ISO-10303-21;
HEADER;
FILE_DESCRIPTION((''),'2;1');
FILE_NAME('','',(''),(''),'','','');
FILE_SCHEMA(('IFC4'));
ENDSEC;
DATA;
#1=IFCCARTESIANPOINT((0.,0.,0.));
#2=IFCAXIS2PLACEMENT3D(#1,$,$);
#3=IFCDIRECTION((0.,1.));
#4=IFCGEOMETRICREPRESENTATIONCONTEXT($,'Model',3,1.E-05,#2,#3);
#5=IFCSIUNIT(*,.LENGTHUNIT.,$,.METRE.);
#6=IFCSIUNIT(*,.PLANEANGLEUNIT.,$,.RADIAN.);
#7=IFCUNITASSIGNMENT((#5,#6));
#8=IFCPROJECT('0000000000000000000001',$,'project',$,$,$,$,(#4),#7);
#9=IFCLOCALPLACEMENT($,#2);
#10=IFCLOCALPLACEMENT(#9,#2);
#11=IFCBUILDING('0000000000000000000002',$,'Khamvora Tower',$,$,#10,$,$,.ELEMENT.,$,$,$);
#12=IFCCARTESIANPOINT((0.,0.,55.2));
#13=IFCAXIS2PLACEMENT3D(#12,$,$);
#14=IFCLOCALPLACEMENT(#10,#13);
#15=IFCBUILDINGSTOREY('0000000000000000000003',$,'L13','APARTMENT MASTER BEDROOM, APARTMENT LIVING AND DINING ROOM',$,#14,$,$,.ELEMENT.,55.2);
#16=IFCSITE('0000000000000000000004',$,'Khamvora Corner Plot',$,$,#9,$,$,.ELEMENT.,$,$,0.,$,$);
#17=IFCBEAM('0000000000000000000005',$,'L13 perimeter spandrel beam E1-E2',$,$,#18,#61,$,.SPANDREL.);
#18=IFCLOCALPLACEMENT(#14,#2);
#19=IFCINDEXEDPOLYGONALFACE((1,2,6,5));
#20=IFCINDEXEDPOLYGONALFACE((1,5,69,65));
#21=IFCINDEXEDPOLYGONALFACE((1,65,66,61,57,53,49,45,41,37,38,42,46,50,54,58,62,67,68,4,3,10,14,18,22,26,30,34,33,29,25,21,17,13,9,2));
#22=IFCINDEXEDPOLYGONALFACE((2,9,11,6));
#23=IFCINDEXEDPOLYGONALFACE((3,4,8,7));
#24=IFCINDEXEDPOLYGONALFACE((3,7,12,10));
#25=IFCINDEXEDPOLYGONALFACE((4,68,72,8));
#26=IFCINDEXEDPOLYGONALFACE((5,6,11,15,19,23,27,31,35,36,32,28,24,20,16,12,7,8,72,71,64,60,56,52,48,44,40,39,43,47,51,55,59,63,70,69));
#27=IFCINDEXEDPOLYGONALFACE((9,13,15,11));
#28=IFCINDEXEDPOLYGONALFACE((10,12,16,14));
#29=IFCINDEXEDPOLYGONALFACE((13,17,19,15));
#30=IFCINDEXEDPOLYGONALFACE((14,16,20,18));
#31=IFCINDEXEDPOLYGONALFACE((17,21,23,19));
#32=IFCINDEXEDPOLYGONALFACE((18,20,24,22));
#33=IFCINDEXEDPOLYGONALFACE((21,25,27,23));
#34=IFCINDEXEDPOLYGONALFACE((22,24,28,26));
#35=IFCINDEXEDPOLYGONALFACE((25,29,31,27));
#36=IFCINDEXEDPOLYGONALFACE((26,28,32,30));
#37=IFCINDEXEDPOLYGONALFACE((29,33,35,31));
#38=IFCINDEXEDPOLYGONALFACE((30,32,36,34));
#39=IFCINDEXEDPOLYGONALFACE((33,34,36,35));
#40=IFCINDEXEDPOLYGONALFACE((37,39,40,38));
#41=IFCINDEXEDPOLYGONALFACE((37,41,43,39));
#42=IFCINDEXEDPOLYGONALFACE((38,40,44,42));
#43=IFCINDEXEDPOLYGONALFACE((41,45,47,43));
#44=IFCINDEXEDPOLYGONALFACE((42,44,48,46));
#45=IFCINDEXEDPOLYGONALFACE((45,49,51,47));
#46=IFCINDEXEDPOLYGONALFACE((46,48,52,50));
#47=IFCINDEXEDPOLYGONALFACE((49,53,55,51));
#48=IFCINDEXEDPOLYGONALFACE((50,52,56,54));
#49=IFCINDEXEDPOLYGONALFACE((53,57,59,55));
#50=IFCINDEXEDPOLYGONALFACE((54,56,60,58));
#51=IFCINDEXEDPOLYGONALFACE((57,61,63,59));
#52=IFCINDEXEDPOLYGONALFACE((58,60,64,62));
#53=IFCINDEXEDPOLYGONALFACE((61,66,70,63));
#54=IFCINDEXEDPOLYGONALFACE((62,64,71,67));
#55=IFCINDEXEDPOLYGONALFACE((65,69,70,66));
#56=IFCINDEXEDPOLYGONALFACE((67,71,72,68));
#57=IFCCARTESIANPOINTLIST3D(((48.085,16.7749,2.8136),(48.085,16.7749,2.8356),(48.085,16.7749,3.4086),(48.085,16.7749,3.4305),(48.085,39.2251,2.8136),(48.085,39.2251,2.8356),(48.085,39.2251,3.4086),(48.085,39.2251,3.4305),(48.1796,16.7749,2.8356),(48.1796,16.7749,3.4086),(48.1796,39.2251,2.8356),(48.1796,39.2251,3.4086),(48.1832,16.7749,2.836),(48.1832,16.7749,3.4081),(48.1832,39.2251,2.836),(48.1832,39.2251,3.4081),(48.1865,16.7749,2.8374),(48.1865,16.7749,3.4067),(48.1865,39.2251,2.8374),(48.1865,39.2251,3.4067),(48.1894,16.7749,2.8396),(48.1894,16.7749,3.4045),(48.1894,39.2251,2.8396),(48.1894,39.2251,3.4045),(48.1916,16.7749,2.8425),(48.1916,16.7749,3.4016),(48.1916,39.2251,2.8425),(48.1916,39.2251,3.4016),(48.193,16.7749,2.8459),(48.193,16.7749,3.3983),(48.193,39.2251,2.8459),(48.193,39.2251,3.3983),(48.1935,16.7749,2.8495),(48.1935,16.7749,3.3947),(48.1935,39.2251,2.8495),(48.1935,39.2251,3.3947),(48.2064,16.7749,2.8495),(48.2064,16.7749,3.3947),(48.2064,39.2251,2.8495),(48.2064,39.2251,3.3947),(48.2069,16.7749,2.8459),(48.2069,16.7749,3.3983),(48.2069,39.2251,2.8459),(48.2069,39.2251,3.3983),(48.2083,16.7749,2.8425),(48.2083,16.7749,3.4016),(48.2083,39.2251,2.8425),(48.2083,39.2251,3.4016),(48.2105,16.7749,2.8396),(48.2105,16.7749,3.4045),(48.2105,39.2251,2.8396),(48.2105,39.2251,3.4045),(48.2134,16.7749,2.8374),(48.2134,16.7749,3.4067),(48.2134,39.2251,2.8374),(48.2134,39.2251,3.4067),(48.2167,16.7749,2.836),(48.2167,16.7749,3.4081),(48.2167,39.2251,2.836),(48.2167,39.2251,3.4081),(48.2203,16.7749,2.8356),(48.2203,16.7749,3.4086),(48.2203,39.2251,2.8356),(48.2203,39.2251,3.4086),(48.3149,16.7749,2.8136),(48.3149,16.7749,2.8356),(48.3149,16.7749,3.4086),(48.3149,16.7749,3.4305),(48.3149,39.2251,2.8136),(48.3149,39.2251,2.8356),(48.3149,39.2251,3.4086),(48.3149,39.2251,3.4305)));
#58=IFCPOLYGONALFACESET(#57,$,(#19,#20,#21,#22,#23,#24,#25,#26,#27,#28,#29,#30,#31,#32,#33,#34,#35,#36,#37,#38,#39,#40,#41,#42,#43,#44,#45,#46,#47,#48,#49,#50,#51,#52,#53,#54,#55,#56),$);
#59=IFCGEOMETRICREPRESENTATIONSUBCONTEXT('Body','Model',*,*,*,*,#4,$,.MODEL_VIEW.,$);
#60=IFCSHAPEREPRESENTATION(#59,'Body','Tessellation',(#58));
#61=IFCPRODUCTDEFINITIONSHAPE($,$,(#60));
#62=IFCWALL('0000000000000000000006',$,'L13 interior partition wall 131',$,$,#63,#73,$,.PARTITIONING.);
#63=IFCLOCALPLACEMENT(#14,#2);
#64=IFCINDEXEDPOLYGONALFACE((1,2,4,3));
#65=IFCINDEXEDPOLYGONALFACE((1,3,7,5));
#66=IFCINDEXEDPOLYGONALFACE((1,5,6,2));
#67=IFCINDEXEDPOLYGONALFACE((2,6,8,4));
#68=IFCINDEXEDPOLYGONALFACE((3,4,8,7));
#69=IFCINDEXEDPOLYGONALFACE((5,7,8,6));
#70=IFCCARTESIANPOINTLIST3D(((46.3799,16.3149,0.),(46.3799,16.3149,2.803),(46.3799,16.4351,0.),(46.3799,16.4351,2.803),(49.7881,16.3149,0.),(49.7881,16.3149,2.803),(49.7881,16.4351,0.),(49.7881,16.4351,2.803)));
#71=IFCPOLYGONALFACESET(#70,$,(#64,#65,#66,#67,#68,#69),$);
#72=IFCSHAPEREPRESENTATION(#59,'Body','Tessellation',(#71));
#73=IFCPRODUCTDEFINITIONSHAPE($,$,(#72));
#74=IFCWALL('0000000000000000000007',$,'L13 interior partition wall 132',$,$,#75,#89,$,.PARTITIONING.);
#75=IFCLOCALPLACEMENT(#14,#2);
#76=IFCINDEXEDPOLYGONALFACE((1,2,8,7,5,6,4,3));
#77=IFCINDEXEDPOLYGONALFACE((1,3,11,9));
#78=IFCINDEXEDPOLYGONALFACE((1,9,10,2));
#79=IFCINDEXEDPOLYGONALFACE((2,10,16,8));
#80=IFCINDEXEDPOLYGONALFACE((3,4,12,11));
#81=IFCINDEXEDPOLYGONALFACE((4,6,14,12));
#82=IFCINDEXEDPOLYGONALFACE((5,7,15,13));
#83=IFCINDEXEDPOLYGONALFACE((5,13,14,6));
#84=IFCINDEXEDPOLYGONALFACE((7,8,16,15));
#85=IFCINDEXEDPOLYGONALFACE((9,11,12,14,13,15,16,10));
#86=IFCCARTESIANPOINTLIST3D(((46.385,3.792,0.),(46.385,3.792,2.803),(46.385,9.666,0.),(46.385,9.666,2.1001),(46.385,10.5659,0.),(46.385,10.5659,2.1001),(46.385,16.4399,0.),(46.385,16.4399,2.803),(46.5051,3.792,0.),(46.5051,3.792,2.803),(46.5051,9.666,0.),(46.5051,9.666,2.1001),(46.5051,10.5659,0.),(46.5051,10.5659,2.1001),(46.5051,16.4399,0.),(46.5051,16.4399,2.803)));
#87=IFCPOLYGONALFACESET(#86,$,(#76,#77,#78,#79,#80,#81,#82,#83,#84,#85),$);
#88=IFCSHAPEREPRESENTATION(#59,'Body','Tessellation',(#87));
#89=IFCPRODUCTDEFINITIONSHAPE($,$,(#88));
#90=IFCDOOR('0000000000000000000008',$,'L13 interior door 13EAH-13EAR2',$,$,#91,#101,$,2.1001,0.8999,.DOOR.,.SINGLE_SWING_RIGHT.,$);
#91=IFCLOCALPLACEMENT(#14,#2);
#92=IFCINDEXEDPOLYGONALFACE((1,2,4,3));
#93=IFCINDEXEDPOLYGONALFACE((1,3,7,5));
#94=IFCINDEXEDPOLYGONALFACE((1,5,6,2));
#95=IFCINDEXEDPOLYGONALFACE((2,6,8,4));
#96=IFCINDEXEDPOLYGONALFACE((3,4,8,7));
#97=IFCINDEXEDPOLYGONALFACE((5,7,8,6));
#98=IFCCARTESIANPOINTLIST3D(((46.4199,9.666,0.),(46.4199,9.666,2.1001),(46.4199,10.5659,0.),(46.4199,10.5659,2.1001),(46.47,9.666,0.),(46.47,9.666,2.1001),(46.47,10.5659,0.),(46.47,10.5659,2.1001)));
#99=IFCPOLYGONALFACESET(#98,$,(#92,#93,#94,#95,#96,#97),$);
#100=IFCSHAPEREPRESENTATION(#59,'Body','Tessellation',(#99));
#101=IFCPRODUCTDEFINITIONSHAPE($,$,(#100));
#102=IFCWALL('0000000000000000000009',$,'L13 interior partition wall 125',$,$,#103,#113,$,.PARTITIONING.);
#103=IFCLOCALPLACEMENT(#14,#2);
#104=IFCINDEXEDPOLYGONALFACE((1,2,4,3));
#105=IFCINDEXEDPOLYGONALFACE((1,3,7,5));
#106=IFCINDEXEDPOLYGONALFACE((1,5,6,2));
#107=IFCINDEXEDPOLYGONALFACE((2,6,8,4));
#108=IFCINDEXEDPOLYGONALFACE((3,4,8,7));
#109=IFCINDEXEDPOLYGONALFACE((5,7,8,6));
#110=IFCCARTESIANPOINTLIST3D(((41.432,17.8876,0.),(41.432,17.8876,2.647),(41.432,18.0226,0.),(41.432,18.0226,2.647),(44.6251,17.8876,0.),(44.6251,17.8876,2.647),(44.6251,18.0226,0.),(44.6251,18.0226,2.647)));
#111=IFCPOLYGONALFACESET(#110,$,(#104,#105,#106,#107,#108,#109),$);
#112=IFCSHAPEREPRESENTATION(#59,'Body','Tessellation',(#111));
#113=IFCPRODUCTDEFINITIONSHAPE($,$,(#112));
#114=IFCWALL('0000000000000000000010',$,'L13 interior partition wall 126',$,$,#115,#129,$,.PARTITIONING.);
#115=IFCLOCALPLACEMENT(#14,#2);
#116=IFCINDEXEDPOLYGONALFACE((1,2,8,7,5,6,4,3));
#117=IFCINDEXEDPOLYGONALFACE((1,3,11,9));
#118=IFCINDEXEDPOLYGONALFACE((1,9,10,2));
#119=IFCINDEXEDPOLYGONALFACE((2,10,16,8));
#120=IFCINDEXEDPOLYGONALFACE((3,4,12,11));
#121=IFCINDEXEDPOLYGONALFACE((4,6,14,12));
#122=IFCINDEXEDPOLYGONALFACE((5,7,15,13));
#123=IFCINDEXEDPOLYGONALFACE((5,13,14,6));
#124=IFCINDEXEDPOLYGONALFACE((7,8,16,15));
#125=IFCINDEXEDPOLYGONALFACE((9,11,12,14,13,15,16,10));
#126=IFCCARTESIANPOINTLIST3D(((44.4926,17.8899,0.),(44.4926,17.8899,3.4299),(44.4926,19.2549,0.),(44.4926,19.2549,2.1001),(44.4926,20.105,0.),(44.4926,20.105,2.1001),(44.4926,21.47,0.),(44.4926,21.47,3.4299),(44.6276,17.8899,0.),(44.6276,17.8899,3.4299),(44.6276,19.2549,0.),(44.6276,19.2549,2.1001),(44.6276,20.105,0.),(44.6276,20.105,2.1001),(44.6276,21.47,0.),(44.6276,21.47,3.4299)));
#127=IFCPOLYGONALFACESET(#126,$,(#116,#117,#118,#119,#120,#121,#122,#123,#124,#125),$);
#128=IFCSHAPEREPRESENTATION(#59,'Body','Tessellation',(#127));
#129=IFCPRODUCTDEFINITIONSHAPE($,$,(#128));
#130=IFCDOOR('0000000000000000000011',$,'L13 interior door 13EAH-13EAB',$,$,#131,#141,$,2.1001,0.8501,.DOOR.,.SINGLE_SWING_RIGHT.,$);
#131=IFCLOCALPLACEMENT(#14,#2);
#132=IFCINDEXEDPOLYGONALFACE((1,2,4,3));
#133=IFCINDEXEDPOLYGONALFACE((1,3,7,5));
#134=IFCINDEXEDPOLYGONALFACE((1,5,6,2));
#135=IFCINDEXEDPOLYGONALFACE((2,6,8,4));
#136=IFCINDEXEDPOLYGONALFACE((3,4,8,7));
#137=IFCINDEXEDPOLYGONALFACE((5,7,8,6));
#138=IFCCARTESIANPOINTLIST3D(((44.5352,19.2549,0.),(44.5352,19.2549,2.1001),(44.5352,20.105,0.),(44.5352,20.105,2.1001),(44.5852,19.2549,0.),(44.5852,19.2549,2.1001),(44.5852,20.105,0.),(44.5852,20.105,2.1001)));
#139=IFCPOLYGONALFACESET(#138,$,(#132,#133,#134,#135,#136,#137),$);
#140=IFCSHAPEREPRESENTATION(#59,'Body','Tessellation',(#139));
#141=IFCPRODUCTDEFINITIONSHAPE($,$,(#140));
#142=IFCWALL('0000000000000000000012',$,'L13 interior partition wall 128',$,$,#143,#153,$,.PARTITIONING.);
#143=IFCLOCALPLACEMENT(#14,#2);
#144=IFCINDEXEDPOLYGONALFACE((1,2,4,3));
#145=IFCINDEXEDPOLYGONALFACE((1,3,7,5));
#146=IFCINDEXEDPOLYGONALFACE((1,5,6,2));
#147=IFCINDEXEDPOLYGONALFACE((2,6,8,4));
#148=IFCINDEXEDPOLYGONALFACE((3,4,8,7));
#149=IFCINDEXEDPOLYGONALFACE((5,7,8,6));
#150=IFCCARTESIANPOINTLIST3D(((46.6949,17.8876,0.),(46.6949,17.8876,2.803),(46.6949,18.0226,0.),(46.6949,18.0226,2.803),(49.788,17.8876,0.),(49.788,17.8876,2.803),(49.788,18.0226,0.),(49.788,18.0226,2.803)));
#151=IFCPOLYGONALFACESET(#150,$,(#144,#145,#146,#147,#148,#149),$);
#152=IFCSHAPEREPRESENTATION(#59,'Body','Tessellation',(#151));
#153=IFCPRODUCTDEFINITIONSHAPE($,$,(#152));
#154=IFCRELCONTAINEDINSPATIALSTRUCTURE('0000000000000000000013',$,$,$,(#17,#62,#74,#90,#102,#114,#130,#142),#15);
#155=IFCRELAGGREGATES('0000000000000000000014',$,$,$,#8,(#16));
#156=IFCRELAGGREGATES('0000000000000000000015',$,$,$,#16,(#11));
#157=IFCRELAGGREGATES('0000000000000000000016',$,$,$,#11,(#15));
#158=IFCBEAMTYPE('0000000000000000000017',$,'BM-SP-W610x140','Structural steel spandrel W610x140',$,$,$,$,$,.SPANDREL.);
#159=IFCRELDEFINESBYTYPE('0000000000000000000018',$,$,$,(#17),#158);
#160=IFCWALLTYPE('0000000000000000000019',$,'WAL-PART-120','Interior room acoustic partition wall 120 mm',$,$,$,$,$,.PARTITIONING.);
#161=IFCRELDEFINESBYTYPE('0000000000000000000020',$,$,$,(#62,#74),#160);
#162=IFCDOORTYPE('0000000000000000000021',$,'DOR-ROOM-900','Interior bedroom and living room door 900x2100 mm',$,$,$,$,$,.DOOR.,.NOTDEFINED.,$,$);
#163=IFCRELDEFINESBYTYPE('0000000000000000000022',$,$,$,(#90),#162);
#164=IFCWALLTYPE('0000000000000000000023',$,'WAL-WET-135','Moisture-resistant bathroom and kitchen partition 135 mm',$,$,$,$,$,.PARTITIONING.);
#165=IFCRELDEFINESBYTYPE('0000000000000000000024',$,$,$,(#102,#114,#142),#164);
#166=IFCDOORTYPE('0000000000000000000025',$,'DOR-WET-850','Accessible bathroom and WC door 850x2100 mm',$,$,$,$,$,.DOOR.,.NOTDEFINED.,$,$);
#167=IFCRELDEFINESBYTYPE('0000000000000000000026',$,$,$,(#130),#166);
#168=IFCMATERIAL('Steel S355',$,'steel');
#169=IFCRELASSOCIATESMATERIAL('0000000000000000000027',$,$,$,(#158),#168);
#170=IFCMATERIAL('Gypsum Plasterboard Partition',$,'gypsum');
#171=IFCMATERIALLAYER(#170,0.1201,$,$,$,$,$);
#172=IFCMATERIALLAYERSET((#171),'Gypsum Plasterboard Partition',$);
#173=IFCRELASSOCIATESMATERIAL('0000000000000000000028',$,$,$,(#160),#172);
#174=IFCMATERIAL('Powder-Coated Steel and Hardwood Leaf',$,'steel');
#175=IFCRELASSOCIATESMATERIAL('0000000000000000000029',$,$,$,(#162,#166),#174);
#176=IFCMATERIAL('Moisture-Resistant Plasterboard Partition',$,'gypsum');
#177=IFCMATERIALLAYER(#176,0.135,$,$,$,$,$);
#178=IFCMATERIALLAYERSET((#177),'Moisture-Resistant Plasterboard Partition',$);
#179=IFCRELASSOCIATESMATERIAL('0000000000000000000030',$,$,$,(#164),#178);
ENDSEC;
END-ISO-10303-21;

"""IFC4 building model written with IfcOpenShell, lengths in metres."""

from ifc_helpers import new_model, si_unit, direction, frame, frame_2d, origin, origin_2d, place, context, subcontext, project, spatial, rectangle, i_section, extrude, material, layer, layer_set, material_profile, profile_set, type_object, element, fill, save


model = new_model("IFC4")

# Units and contexts
model_context = context("Model", 3, precision=1e-05, world=origin(), true_north=direction((0.0, 1.0)))
body_context = subcontext(model_context, "Body", "Model", "MODEL_VIEW")
ifc_project = project(units=[si_unit("LENGTHUNIT", "METRE"), si_unit("PLANEANGLEUNIT", "RADIAN")], contexts=[model_context])

# Site, building, storey
site_placement = place(None, origin())
site = spatial("IfcSite", under=ifc_project, at=site_placement, Name="Khamvora Corner Plot", CompositionType="ELEMENT", RefElevation=0.0)
building_placement = place(site_placement, origin())
building = spatial("IfcBuilding", under=site, at=building_placement, Name="Khamvora Tower", CompositionType="ELEMENT")
storey_placement = place(building_placement, frame((0.0, 0.0, 55.2)))
storey = spatial("IfcBuildingStorey", under=building, at=storey_placement, Name="L13", Description="APARTMENT MASTER BEDROOM, APARTMENT LIVING AND DINING ROOM", CompositionType="ELEMENT", Elevation=55.2)

# Beam
ifc_material_1 = material(Name="Steel S355", Category="steel")
ifc_material_profile_1 = material_profile(ifc_material_1, i_section(OverallWidth=0.23, OverallDepth=0.6169, WebThickness=0.0129, FlangeThickness=0.022, FilletRadius=0.0139, at=origin_2d()), Name="W610x140")
ifc_profile_set_1 = profile_set([ifc_material_profile_1], Name="Steel S355")
beam_type_1 = type_object("IfcBeamType", Name="BM-SP-W610x140", Description="Structural steel spandrel W610x140", PredefinedType="SPANDREL", material=ifc_profile_set_1)
beam_1_placement = place(storey_placement, frame((48.2, 16.7749, 3.1221), z_axis=(0.0, 1.0, 0.0), x_axis=(-1.0, 0.0, 0.0)))
element("IfcBeam", 1, at=beam_1_placement, inside=storey, type_object=beam_type_1, Name="L13 perimeter spandrel beam E1-E2", PredefinedType="SPANDREL", context=body_context, shape_type="SweptSolid", body=[
    extrude(i_section(OverallWidth=0.23, OverallDepth=0.6169, WebThickness=0.0129, FlangeThickness=0.022, FilletRadius=0.0139, at=origin_2d()), origin(), (0.0, 0.0, 1.0), 22.4502),
])

# Wall
ifc_material_2 = material(Name="Gypsum Plasterboard Partition", Category="gypsum")
ifc_layer_1 = layer(ifc_material_2, 0.1201)
ifc_layer_set_1 = layer_set([ifc_layer_1], Name="Gypsum Plasterboard Partition")
wall_type_1 = type_object("IfcWallType", Name="WAL-PART-120", Description="Interior room acoustic partition wall 120 mm", PredefinedType="PARTITIONING", material=ifc_layer_set_1)
wall_1_placement = place(storey_placement, frame((49.7881, 16.375, 0.0), z_axis=(0.0, 0.0, 1.0), x_axis=(-1.0, 0.0, 0.0)))
element("IfcWall", 2, at=wall_1_placement, inside=storey, type_object=wall_type_1, Name="L13 interior partition wall 131", PredefinedType="PARTITIONING", context=body_context, shape_type="SweptSolid", body=[
    extrude(rectangle(XDim=3.4082, YDim=0.1201, at=frame_2d((1.7041, 0.0))), origin(), (0.0, 0.0, 1.0), 2.803),
])

# Wall, opening, door
wall_2_placement = place(storey_placement, frame((46.4451, 16.4399, 0.0), z_axis=(0.0, 0.0, 1.0), x_axis=(0.0, -1.0, 0.0)))
wall_2 = element("IfcWall", 3, at=wall_2_placement, inside=storey, type_object=wall_type_1, Name="L13 interior partition wall 132", PredefinedType="PARTITIONING", context=body_context, shape_type="SweptSolid", body=[
    extrude(rectangle(XDim=12.6479, YDim=0.1201, at=frame_2d((6.324, 0.0))), origin(), (0.0, 0.0, 1.0), 2.803),
])
opening_1_placement = place(wall_2_placement, frame((5.874, 0.0, 0.0)))
opening_1 = element("IfcOpeningElement", 4, at=opening_1_placement, cuts=wall_2, PredefinedType="OPENING", context=body_context, shape_type="SweptSolid", body=[
    extrude(rectangle(XDim=0.8999, YDim=2.1001, at=frame_2d((0.45, 1.05))), frame((0.0, 0.0701, 0.0), z_axis=(0.0, -1.0, 0.0), x_axis=(1.0, 0.0, 0.0)), (0.0, 0.0, 1.0), 0.1401),
])
ifc_material_3 = material(Name="Powder-Coated Steel and Hardwood Leaf", Category="steel")
door_type_1 = type_object("IfcDoorType", Name="DOR-ROOM-900", Description="Interior bedroom and living room door 900x2100 mm", OperationType="NOTDEFINED", PredefinedType="DOOR", material=ifc_material_3)
door_1_placement = place(opening_1_placement, origin())
door_1 = element("IfcDoor", 5, at=door_1_placement, inside=storey, type_object=door_type_1, Name="L13 interior door 13EAH-13EAR2", OperationType="SINGLE_SWING_RIGHT", OverallHeight=2.1001, OverallWidth=0.8999, PredefinedType="DOOR", context=body_context, shape_type="SweptSolid", body=[
    extrude(rectangle(XDim=0.8999, YDim=2.1001, at=frame_2d((0.45, 1.05))), frame((0.0, 0.0249, 0.0), z_axis=(0.0, -1.0, 0.0), x_axis=(1.0, 0.0, 0.0)), (0.0, 0.0, 1.0), 0.05),
])
fill(opening_1, door_1)

# Wall
ifc_material_4 = material(Name="Moisture-Resistant Plasterboard Partition", Category="gypsum")
ifc_layer_2 = layer(ifc_material_4, 0.135)
ifc_layer_set_2 = layer_set([ifc_layer_2], Name="Moisture-Resistant Plasterboard Partition")
wall_type_2 = type_object("IfcWallType", Name="WAL-WET-135", Description="Moisture-resistant bathroom and kitchen partition 135 mm", PredefinedType="PARTITIONING", material=ifc_layer_set_2)
wall_3_placement = place(storey_placement, frame((41.4319, 17.9551, 0.0), z_axis=(0.0, 0.0, 1.0), x_axis=(1.0, 0.0, 0.0)))
element("IfcWall", 6, at=wall_3_placement, inside=storey, type_object=wall_type_2, Name="L13 interior partition wall 125", PredefinedType="PARTITIONING", context=body_context, shape_type="SweptSolid", body=[
    extrude(rectangle(XDim=3.1931, YDim=0.135, at=frame_2d((1.5967, 0.0))), origin(), (0.0, 0.0, 1.0), 2.647),
])

# Wall, opening, door
wall_4_placement = place(storey_placement, frame((44.5601, 17.8899, 0.0), z_axis=(0.0, 0.0, 1.0), x_axis=(0.0, 1.0, 0.0)))
wall_4 = element("IfcWall", 7, at=wall_4_placement, inside=storey, type_object=wall_type_2, Name="L13 interior partition wall 126", PredefinedType="PARTITIONING", context=body_context, shape_type="SweptSolid", body=[
    extrude(rectangle(XDim=3.5801, YDim=0.135, at=frame_2d((1.79, 0.0))), origin(), (0.0, 0.0, 1.0), 3.4299),
])
opening_2_placement = place(wall_4_placement, frame((1.365, 0.0, 0.0)))
opening_2 = element("IfcOpeningElement", 8, at=opening_2_placement, cuts=wall_4, PredefinedType="OPENING", context=body_context, shape_type="SweptSolid", body=[
    extrude(rectangle(XDim=0.8501, YDim=2.1001, at=frame_2d((0.425, 1.05))), frame((0.0, 0.0774, 0.0), z_axis=(0.0, -1.0, 0.0), x_axis=(1.0, 0.0, 0.0)), (0.0, 0.0, 1.0), 0.155),
])
door_type_2 = type_object("IfcDoorType", Name="DOR-WET-850", Description="Accessible bathroom and WC door 850x2100 mm", OperationType="NOTDEFINED", PredefinedType="DOOR", material=ifc_material_3)
door_2_placement = place(opening_2_placement, origin())
door_2 = element("IfcDoor", 9, at=door_2_placement, inside=storey, type_object=door_type_2, Name="L13 interior door 13EAH-13EAB", OperationType="SINGLE_SWING_RIGHT", OverallHeight=2.1001, OverallWidth=0.8501, PredefinedType="DOOR", context=body_context, shape_type="SweptSolid", body=[
    extrude(rectangle(XDim=0.8501, YDim=2.1001, at=frame_2d((0.425, 1.05))), frame((0.0, 0.0249, 0.0), z_axis=(0.0, -1.0, 0.0), x_axis=(1.0, 0.0, 0.0)), (0.0, 0.0, 1.0), 0.05),
])
fill(opening_2, door_2)

# Wall
wall_5_placement = place(storey_placement, frame((46.6951, 17.9551, 0.0), z_axis=(0.0, 0.0, 1.0), x_axis=(1.0, 0.0, 0.0)))
element("IfcWall", 10, at=wall_5_placement, inside=storey, type_object=wall_type_2, Name="L13 interior partition wall 128", PredefinedType="PARTITIONING", context=body_context, shape_type="SweptSolid", body=[
    extrude(rectangle(XDim=3.093, YDim=0.135, at=frame_2d((1.5464, 0.0))), origin(), (0.0, 0.0, 1.0), 2.803),
])

save(model, "model.ifc")
